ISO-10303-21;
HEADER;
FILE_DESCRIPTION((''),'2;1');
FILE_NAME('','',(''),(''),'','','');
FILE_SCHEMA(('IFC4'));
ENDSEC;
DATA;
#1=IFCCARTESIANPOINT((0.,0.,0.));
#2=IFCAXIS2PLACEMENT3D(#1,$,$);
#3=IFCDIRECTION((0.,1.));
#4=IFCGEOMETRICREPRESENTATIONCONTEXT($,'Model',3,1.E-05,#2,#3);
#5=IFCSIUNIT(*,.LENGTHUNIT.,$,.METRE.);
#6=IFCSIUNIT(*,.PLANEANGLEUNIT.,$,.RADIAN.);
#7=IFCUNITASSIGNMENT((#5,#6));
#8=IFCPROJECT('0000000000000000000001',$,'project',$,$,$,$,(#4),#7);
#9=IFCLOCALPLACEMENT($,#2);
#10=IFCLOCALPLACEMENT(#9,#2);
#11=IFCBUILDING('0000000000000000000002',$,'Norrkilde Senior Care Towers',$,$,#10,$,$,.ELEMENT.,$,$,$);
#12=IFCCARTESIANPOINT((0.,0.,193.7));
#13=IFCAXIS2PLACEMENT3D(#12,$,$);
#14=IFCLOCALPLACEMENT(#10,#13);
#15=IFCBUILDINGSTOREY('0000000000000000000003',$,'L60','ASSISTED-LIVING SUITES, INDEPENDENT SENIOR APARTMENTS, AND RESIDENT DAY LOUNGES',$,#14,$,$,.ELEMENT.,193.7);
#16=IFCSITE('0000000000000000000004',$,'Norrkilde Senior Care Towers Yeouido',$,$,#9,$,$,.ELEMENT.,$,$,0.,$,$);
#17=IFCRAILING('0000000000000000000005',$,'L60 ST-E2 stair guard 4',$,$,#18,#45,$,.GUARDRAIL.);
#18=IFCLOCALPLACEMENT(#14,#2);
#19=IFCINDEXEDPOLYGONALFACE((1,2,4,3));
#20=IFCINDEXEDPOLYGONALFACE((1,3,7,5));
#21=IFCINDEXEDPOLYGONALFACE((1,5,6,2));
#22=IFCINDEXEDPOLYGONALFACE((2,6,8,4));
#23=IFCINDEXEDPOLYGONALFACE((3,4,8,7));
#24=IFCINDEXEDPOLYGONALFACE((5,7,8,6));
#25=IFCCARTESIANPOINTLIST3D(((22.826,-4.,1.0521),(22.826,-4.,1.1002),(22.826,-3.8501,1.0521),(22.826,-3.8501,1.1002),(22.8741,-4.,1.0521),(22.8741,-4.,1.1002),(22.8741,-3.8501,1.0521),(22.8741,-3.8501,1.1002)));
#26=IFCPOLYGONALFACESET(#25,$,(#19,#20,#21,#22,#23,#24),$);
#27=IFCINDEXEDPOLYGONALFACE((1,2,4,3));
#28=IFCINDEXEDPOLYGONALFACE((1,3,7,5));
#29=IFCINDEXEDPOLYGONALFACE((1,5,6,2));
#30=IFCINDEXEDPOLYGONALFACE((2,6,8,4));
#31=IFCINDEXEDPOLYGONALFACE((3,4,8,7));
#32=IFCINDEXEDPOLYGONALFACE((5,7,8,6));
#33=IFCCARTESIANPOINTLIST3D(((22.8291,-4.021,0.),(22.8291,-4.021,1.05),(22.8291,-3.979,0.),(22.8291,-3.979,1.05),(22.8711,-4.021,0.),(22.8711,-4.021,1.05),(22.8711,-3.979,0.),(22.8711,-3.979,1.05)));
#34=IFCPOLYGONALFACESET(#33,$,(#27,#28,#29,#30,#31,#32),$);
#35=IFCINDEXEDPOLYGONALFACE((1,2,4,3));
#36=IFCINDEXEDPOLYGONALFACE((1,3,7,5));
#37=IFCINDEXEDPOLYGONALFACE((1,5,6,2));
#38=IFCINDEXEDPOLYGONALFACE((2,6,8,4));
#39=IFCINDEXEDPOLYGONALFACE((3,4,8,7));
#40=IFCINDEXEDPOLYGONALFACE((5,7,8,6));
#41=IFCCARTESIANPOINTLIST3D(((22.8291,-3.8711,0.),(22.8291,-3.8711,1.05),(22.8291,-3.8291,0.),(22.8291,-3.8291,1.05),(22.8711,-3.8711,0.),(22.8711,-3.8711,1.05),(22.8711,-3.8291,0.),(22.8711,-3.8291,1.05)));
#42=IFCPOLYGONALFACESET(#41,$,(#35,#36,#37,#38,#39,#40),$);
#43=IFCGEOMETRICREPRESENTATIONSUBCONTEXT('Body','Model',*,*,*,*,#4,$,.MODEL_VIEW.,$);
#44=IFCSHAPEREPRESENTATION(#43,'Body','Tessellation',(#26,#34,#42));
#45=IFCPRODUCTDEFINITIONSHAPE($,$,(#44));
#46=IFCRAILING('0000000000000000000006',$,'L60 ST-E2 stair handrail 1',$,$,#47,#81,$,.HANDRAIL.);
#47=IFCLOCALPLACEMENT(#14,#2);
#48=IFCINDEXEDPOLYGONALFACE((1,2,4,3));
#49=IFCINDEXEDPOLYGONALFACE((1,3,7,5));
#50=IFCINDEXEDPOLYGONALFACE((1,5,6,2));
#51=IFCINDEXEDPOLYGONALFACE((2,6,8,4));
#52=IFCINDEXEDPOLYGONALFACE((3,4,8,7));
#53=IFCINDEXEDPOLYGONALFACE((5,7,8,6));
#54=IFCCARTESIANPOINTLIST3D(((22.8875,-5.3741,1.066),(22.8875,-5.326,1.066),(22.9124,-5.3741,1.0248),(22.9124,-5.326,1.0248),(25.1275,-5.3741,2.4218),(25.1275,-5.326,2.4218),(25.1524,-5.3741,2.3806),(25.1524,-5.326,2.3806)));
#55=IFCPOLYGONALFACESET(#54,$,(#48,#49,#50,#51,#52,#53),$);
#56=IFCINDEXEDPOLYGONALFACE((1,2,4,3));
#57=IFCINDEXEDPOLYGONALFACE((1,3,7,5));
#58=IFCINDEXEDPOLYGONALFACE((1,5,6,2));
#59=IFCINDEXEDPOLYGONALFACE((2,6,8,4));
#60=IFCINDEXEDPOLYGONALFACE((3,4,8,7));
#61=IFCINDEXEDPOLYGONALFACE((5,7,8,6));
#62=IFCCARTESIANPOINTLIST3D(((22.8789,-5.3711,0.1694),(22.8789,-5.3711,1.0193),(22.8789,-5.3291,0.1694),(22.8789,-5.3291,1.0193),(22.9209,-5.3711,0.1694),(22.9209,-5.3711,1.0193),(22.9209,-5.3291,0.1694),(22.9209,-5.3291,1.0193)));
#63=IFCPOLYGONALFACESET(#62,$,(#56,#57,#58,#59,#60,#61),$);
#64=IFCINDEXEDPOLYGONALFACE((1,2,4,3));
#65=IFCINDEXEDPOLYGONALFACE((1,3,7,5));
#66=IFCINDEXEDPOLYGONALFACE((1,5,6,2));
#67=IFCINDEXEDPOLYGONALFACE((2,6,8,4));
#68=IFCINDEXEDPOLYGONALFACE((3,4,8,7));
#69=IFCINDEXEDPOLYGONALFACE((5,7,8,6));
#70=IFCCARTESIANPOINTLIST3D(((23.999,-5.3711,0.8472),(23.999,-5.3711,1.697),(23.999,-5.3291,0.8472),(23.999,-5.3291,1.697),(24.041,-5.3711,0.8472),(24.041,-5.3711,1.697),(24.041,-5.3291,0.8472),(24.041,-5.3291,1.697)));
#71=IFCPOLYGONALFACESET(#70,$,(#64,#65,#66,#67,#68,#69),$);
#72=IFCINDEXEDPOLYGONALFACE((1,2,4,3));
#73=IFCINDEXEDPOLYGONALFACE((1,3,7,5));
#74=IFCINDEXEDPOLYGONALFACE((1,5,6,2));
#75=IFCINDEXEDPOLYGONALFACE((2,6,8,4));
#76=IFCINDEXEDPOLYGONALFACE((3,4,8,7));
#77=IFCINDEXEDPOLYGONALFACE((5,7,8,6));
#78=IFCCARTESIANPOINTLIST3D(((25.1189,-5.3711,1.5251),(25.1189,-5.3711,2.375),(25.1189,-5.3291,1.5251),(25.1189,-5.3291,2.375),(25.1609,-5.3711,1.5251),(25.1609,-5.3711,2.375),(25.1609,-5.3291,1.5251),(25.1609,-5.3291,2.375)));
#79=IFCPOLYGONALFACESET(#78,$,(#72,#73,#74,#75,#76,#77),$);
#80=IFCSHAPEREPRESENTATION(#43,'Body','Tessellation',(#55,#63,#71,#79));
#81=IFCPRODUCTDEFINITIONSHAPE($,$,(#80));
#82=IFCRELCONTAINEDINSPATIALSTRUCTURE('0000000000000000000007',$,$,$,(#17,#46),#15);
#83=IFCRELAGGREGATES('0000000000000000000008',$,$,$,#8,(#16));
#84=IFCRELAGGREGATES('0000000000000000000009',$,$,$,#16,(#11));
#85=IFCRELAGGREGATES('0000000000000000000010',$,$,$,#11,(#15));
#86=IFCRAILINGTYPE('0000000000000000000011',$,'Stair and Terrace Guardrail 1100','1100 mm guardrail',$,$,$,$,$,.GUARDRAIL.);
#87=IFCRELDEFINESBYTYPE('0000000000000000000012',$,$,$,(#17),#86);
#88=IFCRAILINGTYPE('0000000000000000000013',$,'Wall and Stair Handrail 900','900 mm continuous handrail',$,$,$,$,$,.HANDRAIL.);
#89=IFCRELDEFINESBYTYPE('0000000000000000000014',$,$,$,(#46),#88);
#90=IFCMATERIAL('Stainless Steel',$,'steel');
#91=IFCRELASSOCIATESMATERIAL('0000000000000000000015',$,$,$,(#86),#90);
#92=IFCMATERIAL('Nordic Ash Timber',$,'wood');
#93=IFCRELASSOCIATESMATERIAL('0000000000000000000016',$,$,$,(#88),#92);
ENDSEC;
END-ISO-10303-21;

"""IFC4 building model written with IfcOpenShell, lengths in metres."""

from ifc_helpers import new_model, si_unit, direction, frame, origin, origin_2d, place, context, subcontext, project, spatial, rectangle, extrude, material, type_object, element, save


model = new_model("IFC4")

# Units and contexts
model_context = context("Model", 3, precision=1e-05, world=origin(), true_north=direction((0.0, 1.0)))
body_context = subcontext(model_context, "Body", "Model", "MODEL_VIEW")
ifc_project = project(units=[si_unit("LENGTHUNIT", "METRE"), si_unit("PLANEANGLEUNIT", "RADIAN")], contexts=[model_context])

# Site, building, storey
site_placement = place(None, origin())
site = spatial("IfcSite", under=ifc_project, at=site_placement, Name="Norrkilde Senior Care Towers Yeouido", CompositionType="ELEMENT", RefElevation=0.0)
building_placement = place(site_placement, origin())
building = spatial("IfcBuilding", under=site, at=building_placement, Name="Norrkilde Senior Care Towers", CompositionType="ELEMENT")
storey_placement = place(building_placement, frame((0.0, 0.0, 193.7)))
storey = spatial("IfcBuildingStorey", under=building, at=storey_placement, Name="L60", Description="ASSISTED-LIVING SUITES, INDEPENDENT SENIOR APARTMENTS, AND RESIDENT DAY LOUNGES", CompositionType="ELEMENT", Elevation=193.7)

# Shared definitions
ifc_material_1 = material(Name="Nordic Ash Timber", Category="wood")

# Railings
ifc_material_2 = material(Name="Stainless Steel", Category="steel")
railing_type_1 = type_object("IfcRailingType", Name="Stair and Terrace Guardrail 1100", Description="1100 mm guardrail", PredefinedType="GUARDRAIL", material=ifc_material_2)
railing_1_placement = place(storey_placement, frame((22.8501, -4.0, 0.0)))
element("IfcRailing", 1, at=railing_1_placement, inside=storey, type_object=railing_type_1, Name="L60 ST-E2 stair guard 4", PredefinedType="GUARDRAIL", context=body_context, shape_type="SweptSolid", body=[
    extrude(rectangle(XDim=0.0481, YDim=0.0481, at=origin_2d()), frame((0.0, 0.0, 1.0762), z_axis=(0.0, 1.0, 0.0), x_axis=(-1.0, 0.0, 0.0)), (0.0, 0.0, 1.0), 0.1499),
    extrude(rectangle(XDim=0.042, YDim=0.042, at=origin_2d()), origin(), (0.0, 0.0, 1.0), 1.05),
    extrude(rectangle(XDim=0.042, YDim=0.042, at=origin_2d()), frame((0.0, 0.1499, 0.0)), (0.0, 0.0, 1.0), 1.05),
])
railing_type_2 = type_object("IfcRailingType", Name="Wall and Stair Handrail 900", Description="900 mm continuous handrail", PredefinedType="HANDRAIL", material=ifc_material_1)
railing_2_placement = place(storey_placement, frame((22.8999, -5.3501, 0.1694)))
element("IfcRailing", 2, at=railing_2_placement, inside=storey, type_object=railing_type_2, Name="L60 ST-E2 stair handrail 1", PredefinedType="HANDRAIL", context=body_context, shape_type="SweptSolid", body=[
    extrude(rectangle(XDim=0.0481, YDim=0.0481, at=origin_2d()), frame((0.0, 0.0, 0.876), z_axis=(0.855512, 0.0, 0.517783), x_axis=(0.0, 1.0, 0.0)), (0.0, 0.0, 1.0), 2.6184),
    extrude(rectangle(XDim=0.042, YDim=0.042, at=origin_2d()), origin(), (0.0, 0.0, 1.0), 0.8499),
    extrude(rectangle(XDim=0.042, YDim=0.042, at=origin_2d()), frame((1.1201, 0.0, 0.6777)), (0.0, 0.0, 1.0), 0.8499),
    extrude(rectangle(XDim=0.042, YDim=0.042, at=origin_2d()), frame((2.24, 0.0, 1.3557)), (0.0, 0.0, 1.0), 0.8499),
])

save(model, "model.ifc")
